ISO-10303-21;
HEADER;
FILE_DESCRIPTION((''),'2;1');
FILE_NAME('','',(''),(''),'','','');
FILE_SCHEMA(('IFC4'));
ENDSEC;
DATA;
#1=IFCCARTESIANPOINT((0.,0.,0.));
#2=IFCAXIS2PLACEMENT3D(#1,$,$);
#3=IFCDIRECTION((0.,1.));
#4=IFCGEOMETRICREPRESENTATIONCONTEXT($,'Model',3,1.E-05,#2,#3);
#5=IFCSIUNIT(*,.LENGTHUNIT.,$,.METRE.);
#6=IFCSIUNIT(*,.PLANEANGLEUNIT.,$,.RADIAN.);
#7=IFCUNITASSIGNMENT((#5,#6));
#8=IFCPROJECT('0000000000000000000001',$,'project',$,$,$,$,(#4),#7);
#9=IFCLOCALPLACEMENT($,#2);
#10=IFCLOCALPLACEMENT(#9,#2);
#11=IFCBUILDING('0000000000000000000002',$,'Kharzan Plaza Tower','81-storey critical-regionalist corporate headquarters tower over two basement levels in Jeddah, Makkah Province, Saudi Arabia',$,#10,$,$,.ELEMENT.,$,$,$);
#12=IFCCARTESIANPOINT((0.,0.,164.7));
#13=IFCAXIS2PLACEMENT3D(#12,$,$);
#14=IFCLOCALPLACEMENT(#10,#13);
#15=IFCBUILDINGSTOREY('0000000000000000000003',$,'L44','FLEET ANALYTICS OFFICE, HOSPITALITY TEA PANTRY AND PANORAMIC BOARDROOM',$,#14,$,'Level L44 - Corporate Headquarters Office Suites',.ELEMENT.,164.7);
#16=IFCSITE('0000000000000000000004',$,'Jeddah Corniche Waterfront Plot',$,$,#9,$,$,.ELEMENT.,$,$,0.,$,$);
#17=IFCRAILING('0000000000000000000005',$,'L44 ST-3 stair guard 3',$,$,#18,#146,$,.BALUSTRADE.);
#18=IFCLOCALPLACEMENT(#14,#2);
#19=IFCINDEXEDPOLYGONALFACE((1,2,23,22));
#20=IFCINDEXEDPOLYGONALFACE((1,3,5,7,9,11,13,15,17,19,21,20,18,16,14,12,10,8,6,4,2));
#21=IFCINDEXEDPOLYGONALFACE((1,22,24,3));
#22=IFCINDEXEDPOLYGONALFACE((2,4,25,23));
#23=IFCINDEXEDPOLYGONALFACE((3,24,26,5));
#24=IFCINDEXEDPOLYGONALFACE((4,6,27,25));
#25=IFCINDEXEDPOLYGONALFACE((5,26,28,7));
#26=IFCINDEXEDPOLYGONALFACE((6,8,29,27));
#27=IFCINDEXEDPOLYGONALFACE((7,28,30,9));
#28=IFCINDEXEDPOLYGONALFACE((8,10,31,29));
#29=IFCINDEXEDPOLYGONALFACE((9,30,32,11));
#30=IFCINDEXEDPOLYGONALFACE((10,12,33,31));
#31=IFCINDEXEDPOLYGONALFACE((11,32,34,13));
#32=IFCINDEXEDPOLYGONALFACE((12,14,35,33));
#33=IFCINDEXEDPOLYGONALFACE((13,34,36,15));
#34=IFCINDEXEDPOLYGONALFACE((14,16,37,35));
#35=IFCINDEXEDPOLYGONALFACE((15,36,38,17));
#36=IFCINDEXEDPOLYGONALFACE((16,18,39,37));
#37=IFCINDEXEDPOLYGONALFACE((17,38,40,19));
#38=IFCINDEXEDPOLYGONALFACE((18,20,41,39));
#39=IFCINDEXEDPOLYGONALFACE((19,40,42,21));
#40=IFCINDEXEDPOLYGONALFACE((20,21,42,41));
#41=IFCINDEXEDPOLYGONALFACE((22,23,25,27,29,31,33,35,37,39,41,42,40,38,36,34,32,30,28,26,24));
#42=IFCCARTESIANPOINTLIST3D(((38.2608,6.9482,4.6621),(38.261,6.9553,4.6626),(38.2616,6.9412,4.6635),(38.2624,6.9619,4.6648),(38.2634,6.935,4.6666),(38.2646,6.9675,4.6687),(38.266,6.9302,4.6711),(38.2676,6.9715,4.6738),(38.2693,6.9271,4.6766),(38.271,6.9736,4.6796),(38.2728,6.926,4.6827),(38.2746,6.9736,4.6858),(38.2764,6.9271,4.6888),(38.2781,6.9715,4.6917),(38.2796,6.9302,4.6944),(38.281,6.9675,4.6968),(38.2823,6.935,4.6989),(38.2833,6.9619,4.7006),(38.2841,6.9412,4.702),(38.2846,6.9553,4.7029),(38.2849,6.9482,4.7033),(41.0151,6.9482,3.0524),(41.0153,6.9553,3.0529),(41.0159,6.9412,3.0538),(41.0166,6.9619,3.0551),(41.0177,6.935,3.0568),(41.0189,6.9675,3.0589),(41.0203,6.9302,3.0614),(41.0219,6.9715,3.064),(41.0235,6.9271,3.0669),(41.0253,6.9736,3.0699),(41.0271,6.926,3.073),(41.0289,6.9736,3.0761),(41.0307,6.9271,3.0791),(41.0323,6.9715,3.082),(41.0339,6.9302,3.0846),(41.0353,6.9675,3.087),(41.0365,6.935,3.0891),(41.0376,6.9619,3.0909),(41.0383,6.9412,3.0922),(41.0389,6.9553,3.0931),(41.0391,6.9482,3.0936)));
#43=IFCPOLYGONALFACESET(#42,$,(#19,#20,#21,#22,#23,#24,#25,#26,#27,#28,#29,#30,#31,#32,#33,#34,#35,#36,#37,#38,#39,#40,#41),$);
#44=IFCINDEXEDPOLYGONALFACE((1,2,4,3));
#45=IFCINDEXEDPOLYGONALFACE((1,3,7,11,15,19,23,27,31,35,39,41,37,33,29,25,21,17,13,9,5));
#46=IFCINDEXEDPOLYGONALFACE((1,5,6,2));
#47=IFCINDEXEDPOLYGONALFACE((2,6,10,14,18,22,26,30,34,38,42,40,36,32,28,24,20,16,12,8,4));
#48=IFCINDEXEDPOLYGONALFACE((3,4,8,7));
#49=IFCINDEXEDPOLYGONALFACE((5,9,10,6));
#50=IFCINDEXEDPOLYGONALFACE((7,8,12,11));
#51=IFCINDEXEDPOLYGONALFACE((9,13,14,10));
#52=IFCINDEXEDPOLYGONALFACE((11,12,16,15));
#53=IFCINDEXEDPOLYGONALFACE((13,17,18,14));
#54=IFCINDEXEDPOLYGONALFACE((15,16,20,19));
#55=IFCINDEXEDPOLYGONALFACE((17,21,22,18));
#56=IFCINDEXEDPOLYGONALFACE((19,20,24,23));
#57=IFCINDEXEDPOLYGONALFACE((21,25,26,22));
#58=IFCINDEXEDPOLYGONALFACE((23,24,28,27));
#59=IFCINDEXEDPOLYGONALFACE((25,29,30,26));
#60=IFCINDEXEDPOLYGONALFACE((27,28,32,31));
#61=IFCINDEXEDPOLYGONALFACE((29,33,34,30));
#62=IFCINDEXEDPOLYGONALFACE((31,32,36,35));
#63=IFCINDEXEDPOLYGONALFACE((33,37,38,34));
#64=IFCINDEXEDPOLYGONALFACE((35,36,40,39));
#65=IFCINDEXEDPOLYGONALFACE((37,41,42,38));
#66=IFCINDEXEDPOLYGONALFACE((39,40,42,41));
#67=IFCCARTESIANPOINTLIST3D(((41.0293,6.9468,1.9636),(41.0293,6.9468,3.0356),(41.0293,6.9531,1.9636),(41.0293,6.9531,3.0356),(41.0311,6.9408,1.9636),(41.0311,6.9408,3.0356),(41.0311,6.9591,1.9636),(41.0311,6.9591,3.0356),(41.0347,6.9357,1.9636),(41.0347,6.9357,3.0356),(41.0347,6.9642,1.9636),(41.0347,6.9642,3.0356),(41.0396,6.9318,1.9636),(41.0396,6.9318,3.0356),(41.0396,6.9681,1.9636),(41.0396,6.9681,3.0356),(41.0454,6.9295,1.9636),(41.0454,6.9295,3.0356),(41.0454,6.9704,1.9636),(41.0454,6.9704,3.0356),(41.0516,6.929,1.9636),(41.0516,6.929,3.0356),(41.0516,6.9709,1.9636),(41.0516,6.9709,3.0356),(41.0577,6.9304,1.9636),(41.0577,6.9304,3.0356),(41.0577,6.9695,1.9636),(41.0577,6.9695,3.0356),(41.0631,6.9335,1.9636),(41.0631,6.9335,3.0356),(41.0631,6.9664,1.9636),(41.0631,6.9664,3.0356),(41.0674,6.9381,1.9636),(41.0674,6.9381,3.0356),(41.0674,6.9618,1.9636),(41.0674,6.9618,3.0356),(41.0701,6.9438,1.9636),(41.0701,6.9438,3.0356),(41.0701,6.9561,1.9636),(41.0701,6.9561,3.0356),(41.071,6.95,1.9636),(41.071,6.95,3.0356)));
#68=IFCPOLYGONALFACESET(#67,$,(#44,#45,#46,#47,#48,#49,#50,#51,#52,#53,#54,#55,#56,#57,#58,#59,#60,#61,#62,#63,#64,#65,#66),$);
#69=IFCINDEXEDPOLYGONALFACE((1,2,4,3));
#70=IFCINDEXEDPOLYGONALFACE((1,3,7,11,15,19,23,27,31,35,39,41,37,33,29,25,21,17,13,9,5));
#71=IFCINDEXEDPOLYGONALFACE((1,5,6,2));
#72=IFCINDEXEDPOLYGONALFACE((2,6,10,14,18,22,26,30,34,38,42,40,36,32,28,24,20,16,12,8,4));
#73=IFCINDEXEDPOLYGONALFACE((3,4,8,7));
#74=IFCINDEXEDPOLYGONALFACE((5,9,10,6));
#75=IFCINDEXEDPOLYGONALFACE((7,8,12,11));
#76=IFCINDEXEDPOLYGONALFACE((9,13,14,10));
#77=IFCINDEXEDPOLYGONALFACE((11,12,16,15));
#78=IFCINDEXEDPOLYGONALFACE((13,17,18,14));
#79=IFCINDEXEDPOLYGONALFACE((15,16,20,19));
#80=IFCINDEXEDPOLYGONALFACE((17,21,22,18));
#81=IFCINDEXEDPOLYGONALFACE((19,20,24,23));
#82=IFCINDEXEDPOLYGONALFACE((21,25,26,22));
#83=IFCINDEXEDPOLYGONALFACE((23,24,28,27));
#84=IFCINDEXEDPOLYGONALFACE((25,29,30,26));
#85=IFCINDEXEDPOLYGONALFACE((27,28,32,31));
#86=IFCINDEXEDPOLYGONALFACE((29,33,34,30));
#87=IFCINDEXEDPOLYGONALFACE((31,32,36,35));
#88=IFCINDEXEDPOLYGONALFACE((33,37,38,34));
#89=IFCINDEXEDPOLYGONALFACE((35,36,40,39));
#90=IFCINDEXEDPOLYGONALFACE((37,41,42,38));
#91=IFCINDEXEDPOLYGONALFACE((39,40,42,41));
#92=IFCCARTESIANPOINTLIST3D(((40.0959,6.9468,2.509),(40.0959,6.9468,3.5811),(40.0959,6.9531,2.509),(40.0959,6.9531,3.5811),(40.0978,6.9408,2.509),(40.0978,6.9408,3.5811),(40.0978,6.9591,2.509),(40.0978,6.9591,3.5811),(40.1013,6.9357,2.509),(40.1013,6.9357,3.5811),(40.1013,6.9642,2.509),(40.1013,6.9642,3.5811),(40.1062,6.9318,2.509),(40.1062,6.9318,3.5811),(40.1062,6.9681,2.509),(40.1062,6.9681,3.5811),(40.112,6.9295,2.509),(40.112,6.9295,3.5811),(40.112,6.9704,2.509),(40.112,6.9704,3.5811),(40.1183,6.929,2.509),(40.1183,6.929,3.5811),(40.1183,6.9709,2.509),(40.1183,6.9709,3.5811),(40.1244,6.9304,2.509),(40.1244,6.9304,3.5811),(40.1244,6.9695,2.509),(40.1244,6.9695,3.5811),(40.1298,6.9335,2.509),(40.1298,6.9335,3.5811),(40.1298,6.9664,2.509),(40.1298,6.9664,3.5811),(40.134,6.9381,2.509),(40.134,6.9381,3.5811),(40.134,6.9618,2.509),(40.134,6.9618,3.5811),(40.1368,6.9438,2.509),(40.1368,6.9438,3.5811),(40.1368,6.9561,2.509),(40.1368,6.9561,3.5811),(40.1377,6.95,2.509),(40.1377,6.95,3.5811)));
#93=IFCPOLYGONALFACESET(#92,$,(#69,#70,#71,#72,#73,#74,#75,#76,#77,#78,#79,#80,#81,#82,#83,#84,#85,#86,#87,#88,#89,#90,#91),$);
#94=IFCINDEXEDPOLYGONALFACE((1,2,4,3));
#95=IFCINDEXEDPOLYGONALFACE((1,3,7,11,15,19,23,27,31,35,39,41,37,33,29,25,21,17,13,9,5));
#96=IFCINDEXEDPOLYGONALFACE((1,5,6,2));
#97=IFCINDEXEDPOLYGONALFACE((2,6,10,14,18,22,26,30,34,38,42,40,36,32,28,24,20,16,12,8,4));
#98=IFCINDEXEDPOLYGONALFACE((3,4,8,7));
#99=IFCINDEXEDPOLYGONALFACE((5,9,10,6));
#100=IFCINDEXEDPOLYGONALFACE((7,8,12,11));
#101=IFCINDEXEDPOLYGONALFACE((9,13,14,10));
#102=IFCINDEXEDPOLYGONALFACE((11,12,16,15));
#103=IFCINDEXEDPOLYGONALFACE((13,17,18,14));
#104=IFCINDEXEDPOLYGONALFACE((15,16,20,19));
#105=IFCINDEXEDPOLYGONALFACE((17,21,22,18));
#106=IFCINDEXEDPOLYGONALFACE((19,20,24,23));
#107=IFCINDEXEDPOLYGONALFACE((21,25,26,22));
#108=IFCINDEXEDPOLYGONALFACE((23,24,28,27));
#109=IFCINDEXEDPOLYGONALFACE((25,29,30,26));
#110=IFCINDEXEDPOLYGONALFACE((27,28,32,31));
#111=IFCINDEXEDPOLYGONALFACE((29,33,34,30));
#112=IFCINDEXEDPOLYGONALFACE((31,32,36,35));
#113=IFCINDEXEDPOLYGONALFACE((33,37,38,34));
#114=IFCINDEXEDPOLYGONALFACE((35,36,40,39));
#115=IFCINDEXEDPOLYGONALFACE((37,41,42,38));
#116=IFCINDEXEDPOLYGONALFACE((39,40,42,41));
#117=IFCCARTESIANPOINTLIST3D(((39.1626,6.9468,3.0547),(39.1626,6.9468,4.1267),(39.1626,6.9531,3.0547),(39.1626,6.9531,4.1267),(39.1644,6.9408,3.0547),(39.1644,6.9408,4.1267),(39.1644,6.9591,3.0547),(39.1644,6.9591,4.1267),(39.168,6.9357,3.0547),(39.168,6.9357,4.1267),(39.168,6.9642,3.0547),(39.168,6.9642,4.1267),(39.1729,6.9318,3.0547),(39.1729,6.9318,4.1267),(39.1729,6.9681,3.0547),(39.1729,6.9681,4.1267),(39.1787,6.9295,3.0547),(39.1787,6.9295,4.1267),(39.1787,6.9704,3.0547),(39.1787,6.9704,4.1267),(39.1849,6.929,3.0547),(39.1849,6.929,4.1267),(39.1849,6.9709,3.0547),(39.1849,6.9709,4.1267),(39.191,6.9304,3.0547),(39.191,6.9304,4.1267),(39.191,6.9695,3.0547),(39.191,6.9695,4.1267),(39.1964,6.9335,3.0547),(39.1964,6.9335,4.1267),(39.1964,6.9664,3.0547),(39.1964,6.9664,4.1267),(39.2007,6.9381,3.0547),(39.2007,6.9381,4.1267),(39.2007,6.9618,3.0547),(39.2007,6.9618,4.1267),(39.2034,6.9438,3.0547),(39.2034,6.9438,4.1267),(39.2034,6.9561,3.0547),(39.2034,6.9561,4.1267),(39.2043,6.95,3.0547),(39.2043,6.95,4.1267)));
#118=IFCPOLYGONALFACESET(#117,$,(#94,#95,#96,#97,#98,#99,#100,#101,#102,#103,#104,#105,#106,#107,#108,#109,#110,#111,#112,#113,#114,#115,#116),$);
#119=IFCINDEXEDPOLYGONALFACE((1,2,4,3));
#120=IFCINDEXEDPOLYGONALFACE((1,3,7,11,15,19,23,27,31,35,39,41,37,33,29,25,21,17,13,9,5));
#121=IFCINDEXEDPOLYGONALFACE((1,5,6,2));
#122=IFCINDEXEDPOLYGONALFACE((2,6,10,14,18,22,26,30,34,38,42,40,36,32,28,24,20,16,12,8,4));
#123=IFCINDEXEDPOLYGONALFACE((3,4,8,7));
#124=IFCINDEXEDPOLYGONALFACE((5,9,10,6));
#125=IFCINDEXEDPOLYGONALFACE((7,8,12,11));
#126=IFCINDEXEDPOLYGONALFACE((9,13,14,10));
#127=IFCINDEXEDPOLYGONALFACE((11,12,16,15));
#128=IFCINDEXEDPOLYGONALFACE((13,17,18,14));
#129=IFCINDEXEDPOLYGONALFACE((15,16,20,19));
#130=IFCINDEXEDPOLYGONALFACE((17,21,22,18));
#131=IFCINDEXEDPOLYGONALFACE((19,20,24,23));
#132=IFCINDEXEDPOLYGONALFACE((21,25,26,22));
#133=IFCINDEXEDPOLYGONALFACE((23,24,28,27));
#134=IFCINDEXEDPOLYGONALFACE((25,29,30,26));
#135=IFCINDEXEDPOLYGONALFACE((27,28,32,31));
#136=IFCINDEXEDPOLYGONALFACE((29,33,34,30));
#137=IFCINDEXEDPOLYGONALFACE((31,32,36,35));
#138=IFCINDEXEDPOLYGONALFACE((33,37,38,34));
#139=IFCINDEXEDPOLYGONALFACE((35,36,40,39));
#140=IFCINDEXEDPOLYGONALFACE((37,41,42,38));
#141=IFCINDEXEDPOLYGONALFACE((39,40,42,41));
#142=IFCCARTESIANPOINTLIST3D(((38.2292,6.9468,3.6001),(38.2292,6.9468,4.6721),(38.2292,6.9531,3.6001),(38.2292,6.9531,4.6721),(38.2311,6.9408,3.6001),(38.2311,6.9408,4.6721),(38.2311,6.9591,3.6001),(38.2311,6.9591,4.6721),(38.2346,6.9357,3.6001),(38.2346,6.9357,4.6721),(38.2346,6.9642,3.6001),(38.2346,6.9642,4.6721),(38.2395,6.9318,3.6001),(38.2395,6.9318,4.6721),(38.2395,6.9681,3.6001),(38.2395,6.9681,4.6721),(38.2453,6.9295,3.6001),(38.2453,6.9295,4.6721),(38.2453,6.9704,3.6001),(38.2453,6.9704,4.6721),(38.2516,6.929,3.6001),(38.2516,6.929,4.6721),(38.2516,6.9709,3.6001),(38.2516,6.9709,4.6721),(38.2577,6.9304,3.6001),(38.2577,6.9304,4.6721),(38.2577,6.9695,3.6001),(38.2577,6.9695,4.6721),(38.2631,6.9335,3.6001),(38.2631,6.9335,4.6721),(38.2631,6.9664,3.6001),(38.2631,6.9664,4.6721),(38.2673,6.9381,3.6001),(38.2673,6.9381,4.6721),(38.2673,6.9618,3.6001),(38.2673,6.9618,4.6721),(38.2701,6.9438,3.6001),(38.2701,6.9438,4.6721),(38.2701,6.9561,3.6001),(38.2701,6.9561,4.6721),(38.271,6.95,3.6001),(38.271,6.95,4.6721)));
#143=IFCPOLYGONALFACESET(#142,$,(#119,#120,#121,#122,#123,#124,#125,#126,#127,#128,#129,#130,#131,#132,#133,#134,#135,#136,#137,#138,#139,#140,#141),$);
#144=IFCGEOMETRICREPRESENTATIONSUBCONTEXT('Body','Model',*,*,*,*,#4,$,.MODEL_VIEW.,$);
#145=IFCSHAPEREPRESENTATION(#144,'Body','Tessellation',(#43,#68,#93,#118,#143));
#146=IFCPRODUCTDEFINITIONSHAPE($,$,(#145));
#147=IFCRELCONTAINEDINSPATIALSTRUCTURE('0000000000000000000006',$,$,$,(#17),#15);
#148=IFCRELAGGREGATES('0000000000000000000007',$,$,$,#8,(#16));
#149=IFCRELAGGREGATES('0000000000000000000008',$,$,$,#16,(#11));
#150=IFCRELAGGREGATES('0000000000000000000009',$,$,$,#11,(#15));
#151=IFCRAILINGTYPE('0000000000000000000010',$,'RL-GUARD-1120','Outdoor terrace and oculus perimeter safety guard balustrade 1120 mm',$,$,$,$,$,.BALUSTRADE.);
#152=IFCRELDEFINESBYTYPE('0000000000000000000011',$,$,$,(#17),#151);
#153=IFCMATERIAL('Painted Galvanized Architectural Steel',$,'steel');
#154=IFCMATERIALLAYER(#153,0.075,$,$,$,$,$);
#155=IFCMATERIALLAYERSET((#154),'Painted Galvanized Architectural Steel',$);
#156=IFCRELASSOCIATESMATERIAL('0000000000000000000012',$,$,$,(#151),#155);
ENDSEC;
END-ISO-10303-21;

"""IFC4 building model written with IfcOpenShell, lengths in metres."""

from ifc_helpers import new_model, si_unit, direction, frame, origin, origin_2d, place, context, subcontext, project, spatial, circle, extrude, source, transform, mapped, material, layer, layer_set, type_object, element, save


model = new_model("IFC4")

# Units and contexts
model_context = context("Model", 3, precision=1e-05, world=origin(), true_north=direction((0.0, 1.0)))
body_context = subcontext(model_context, "Body", "Model", "MODEL_VIEW")
ifc_project = project(units=[si_unit("LENGTHUNIT", "METRE"), si_unit("PLANEANGLEUNIT", "RADIAN")], contexts=[model_context])

# Site, building, storey
site_placement = place(None, origin())
site = spatial("IfcSite", under=ifc_project, at=site_placement, Name="Jeddah Corniche Waterfront Plot", CompositionType="ELEMENT", RefElevation=0.0)
building_placement = place(site_placement, origin())
building = spatial("IfcBuilding", under=site, at=building_placement, Name="Kharzan Plaza Tower", Description="81-storey critical-regionalist corporate headquarters tower over two basement levels in Jeddah, Makkah Province, Saudi Arabia", CompositionType="ELEMENT")
storey_placement = place(building_placement, frame((0.0, 0.0, 164.7)))
storey = spatial("IfcBuildingStorey", under=building, at=storey_placement, Name="L44", Description="FLEET ANALYTICS OFFICE, HOSPITALITY TEA PANTRY AND PANORAMIC BOARDROOM", LongName="Level L44 - Corporate Headquarters Office Suites", CompositionType="ELEMENT", Elevation=164.7)

# Railing
ifc_material_1 = material(Name="Painted Galvanized Architectural Steel", Category="steel")
ifc_layer_1 = layer(ifc_material_1, 0.075)
ifc_layer_set_1 = layer_set([ifc_layer_1], Name="Painted Galvanized Architectural Steel")
railing_type_1 = type_object("IfcRailingType", Name="RL-GUARD-1120", Description="Outdoor terrace and oculus perimeter safety guard balustrade 1120 mm", PredefinedType="BALUSTRADE", material=ifc_layer_set_1)
shared_shape_1 = source(origin(), body_context, "Body", "SweptSolid", [
    extrude(circle(Radius=0.0239, at=origin_2d()), frame((-0.0229, 0.0, 1.1094), z_axis=(-0.863361, 0.0, 0.504587), x_axis=(0.0, -1.0, 0.0)), (0.0, 0.0, 1.0), 3.1902),
    extrude(circle(Radius=0.021, at=origin_2d()), origin(), (0.0, 0.0, 1.0), 1.072),
    extrude(circle(Radius=0.021, at=origin_2d()), frame((-0.9333, 0.0, 0.5454)), (0.0, 0.0, 1.0), 1.072),
    extrude(circle(Radius=0.021, at=origin_2d()), frame((-1.8667, 0.0, 1.0911)), (0.0, 0.0, 1.0), 1.072),
    extrude(circle(Radius=0.021, at=origin_2d()), frame((-2.8, 0.0, 1.6365)), (0.0, 0.0, 1.0), 1.072),
])
railing_1_placement = place(storey_placement, frame((41.05, 6.95, 1.9636)))
element("IfcRailing", 1, at=railing_1_placement, inside=storey, type_object=railing_type_1, Name="L44 ST-3 stair guard 3", PredefinedType="BALUSTRADE", context=body_context, shape_type="MappedRepresentation", body=[
    mapped(shared_shape_1, transform((0.0, 0.0, 0.0), x_axis=(1.0, 0.0, 0.0), y_axis=(0.0, 1.0, 0.0), z_axis=(0.0, 0.0, 1.0))),
])

save(model, "model.ifc")
